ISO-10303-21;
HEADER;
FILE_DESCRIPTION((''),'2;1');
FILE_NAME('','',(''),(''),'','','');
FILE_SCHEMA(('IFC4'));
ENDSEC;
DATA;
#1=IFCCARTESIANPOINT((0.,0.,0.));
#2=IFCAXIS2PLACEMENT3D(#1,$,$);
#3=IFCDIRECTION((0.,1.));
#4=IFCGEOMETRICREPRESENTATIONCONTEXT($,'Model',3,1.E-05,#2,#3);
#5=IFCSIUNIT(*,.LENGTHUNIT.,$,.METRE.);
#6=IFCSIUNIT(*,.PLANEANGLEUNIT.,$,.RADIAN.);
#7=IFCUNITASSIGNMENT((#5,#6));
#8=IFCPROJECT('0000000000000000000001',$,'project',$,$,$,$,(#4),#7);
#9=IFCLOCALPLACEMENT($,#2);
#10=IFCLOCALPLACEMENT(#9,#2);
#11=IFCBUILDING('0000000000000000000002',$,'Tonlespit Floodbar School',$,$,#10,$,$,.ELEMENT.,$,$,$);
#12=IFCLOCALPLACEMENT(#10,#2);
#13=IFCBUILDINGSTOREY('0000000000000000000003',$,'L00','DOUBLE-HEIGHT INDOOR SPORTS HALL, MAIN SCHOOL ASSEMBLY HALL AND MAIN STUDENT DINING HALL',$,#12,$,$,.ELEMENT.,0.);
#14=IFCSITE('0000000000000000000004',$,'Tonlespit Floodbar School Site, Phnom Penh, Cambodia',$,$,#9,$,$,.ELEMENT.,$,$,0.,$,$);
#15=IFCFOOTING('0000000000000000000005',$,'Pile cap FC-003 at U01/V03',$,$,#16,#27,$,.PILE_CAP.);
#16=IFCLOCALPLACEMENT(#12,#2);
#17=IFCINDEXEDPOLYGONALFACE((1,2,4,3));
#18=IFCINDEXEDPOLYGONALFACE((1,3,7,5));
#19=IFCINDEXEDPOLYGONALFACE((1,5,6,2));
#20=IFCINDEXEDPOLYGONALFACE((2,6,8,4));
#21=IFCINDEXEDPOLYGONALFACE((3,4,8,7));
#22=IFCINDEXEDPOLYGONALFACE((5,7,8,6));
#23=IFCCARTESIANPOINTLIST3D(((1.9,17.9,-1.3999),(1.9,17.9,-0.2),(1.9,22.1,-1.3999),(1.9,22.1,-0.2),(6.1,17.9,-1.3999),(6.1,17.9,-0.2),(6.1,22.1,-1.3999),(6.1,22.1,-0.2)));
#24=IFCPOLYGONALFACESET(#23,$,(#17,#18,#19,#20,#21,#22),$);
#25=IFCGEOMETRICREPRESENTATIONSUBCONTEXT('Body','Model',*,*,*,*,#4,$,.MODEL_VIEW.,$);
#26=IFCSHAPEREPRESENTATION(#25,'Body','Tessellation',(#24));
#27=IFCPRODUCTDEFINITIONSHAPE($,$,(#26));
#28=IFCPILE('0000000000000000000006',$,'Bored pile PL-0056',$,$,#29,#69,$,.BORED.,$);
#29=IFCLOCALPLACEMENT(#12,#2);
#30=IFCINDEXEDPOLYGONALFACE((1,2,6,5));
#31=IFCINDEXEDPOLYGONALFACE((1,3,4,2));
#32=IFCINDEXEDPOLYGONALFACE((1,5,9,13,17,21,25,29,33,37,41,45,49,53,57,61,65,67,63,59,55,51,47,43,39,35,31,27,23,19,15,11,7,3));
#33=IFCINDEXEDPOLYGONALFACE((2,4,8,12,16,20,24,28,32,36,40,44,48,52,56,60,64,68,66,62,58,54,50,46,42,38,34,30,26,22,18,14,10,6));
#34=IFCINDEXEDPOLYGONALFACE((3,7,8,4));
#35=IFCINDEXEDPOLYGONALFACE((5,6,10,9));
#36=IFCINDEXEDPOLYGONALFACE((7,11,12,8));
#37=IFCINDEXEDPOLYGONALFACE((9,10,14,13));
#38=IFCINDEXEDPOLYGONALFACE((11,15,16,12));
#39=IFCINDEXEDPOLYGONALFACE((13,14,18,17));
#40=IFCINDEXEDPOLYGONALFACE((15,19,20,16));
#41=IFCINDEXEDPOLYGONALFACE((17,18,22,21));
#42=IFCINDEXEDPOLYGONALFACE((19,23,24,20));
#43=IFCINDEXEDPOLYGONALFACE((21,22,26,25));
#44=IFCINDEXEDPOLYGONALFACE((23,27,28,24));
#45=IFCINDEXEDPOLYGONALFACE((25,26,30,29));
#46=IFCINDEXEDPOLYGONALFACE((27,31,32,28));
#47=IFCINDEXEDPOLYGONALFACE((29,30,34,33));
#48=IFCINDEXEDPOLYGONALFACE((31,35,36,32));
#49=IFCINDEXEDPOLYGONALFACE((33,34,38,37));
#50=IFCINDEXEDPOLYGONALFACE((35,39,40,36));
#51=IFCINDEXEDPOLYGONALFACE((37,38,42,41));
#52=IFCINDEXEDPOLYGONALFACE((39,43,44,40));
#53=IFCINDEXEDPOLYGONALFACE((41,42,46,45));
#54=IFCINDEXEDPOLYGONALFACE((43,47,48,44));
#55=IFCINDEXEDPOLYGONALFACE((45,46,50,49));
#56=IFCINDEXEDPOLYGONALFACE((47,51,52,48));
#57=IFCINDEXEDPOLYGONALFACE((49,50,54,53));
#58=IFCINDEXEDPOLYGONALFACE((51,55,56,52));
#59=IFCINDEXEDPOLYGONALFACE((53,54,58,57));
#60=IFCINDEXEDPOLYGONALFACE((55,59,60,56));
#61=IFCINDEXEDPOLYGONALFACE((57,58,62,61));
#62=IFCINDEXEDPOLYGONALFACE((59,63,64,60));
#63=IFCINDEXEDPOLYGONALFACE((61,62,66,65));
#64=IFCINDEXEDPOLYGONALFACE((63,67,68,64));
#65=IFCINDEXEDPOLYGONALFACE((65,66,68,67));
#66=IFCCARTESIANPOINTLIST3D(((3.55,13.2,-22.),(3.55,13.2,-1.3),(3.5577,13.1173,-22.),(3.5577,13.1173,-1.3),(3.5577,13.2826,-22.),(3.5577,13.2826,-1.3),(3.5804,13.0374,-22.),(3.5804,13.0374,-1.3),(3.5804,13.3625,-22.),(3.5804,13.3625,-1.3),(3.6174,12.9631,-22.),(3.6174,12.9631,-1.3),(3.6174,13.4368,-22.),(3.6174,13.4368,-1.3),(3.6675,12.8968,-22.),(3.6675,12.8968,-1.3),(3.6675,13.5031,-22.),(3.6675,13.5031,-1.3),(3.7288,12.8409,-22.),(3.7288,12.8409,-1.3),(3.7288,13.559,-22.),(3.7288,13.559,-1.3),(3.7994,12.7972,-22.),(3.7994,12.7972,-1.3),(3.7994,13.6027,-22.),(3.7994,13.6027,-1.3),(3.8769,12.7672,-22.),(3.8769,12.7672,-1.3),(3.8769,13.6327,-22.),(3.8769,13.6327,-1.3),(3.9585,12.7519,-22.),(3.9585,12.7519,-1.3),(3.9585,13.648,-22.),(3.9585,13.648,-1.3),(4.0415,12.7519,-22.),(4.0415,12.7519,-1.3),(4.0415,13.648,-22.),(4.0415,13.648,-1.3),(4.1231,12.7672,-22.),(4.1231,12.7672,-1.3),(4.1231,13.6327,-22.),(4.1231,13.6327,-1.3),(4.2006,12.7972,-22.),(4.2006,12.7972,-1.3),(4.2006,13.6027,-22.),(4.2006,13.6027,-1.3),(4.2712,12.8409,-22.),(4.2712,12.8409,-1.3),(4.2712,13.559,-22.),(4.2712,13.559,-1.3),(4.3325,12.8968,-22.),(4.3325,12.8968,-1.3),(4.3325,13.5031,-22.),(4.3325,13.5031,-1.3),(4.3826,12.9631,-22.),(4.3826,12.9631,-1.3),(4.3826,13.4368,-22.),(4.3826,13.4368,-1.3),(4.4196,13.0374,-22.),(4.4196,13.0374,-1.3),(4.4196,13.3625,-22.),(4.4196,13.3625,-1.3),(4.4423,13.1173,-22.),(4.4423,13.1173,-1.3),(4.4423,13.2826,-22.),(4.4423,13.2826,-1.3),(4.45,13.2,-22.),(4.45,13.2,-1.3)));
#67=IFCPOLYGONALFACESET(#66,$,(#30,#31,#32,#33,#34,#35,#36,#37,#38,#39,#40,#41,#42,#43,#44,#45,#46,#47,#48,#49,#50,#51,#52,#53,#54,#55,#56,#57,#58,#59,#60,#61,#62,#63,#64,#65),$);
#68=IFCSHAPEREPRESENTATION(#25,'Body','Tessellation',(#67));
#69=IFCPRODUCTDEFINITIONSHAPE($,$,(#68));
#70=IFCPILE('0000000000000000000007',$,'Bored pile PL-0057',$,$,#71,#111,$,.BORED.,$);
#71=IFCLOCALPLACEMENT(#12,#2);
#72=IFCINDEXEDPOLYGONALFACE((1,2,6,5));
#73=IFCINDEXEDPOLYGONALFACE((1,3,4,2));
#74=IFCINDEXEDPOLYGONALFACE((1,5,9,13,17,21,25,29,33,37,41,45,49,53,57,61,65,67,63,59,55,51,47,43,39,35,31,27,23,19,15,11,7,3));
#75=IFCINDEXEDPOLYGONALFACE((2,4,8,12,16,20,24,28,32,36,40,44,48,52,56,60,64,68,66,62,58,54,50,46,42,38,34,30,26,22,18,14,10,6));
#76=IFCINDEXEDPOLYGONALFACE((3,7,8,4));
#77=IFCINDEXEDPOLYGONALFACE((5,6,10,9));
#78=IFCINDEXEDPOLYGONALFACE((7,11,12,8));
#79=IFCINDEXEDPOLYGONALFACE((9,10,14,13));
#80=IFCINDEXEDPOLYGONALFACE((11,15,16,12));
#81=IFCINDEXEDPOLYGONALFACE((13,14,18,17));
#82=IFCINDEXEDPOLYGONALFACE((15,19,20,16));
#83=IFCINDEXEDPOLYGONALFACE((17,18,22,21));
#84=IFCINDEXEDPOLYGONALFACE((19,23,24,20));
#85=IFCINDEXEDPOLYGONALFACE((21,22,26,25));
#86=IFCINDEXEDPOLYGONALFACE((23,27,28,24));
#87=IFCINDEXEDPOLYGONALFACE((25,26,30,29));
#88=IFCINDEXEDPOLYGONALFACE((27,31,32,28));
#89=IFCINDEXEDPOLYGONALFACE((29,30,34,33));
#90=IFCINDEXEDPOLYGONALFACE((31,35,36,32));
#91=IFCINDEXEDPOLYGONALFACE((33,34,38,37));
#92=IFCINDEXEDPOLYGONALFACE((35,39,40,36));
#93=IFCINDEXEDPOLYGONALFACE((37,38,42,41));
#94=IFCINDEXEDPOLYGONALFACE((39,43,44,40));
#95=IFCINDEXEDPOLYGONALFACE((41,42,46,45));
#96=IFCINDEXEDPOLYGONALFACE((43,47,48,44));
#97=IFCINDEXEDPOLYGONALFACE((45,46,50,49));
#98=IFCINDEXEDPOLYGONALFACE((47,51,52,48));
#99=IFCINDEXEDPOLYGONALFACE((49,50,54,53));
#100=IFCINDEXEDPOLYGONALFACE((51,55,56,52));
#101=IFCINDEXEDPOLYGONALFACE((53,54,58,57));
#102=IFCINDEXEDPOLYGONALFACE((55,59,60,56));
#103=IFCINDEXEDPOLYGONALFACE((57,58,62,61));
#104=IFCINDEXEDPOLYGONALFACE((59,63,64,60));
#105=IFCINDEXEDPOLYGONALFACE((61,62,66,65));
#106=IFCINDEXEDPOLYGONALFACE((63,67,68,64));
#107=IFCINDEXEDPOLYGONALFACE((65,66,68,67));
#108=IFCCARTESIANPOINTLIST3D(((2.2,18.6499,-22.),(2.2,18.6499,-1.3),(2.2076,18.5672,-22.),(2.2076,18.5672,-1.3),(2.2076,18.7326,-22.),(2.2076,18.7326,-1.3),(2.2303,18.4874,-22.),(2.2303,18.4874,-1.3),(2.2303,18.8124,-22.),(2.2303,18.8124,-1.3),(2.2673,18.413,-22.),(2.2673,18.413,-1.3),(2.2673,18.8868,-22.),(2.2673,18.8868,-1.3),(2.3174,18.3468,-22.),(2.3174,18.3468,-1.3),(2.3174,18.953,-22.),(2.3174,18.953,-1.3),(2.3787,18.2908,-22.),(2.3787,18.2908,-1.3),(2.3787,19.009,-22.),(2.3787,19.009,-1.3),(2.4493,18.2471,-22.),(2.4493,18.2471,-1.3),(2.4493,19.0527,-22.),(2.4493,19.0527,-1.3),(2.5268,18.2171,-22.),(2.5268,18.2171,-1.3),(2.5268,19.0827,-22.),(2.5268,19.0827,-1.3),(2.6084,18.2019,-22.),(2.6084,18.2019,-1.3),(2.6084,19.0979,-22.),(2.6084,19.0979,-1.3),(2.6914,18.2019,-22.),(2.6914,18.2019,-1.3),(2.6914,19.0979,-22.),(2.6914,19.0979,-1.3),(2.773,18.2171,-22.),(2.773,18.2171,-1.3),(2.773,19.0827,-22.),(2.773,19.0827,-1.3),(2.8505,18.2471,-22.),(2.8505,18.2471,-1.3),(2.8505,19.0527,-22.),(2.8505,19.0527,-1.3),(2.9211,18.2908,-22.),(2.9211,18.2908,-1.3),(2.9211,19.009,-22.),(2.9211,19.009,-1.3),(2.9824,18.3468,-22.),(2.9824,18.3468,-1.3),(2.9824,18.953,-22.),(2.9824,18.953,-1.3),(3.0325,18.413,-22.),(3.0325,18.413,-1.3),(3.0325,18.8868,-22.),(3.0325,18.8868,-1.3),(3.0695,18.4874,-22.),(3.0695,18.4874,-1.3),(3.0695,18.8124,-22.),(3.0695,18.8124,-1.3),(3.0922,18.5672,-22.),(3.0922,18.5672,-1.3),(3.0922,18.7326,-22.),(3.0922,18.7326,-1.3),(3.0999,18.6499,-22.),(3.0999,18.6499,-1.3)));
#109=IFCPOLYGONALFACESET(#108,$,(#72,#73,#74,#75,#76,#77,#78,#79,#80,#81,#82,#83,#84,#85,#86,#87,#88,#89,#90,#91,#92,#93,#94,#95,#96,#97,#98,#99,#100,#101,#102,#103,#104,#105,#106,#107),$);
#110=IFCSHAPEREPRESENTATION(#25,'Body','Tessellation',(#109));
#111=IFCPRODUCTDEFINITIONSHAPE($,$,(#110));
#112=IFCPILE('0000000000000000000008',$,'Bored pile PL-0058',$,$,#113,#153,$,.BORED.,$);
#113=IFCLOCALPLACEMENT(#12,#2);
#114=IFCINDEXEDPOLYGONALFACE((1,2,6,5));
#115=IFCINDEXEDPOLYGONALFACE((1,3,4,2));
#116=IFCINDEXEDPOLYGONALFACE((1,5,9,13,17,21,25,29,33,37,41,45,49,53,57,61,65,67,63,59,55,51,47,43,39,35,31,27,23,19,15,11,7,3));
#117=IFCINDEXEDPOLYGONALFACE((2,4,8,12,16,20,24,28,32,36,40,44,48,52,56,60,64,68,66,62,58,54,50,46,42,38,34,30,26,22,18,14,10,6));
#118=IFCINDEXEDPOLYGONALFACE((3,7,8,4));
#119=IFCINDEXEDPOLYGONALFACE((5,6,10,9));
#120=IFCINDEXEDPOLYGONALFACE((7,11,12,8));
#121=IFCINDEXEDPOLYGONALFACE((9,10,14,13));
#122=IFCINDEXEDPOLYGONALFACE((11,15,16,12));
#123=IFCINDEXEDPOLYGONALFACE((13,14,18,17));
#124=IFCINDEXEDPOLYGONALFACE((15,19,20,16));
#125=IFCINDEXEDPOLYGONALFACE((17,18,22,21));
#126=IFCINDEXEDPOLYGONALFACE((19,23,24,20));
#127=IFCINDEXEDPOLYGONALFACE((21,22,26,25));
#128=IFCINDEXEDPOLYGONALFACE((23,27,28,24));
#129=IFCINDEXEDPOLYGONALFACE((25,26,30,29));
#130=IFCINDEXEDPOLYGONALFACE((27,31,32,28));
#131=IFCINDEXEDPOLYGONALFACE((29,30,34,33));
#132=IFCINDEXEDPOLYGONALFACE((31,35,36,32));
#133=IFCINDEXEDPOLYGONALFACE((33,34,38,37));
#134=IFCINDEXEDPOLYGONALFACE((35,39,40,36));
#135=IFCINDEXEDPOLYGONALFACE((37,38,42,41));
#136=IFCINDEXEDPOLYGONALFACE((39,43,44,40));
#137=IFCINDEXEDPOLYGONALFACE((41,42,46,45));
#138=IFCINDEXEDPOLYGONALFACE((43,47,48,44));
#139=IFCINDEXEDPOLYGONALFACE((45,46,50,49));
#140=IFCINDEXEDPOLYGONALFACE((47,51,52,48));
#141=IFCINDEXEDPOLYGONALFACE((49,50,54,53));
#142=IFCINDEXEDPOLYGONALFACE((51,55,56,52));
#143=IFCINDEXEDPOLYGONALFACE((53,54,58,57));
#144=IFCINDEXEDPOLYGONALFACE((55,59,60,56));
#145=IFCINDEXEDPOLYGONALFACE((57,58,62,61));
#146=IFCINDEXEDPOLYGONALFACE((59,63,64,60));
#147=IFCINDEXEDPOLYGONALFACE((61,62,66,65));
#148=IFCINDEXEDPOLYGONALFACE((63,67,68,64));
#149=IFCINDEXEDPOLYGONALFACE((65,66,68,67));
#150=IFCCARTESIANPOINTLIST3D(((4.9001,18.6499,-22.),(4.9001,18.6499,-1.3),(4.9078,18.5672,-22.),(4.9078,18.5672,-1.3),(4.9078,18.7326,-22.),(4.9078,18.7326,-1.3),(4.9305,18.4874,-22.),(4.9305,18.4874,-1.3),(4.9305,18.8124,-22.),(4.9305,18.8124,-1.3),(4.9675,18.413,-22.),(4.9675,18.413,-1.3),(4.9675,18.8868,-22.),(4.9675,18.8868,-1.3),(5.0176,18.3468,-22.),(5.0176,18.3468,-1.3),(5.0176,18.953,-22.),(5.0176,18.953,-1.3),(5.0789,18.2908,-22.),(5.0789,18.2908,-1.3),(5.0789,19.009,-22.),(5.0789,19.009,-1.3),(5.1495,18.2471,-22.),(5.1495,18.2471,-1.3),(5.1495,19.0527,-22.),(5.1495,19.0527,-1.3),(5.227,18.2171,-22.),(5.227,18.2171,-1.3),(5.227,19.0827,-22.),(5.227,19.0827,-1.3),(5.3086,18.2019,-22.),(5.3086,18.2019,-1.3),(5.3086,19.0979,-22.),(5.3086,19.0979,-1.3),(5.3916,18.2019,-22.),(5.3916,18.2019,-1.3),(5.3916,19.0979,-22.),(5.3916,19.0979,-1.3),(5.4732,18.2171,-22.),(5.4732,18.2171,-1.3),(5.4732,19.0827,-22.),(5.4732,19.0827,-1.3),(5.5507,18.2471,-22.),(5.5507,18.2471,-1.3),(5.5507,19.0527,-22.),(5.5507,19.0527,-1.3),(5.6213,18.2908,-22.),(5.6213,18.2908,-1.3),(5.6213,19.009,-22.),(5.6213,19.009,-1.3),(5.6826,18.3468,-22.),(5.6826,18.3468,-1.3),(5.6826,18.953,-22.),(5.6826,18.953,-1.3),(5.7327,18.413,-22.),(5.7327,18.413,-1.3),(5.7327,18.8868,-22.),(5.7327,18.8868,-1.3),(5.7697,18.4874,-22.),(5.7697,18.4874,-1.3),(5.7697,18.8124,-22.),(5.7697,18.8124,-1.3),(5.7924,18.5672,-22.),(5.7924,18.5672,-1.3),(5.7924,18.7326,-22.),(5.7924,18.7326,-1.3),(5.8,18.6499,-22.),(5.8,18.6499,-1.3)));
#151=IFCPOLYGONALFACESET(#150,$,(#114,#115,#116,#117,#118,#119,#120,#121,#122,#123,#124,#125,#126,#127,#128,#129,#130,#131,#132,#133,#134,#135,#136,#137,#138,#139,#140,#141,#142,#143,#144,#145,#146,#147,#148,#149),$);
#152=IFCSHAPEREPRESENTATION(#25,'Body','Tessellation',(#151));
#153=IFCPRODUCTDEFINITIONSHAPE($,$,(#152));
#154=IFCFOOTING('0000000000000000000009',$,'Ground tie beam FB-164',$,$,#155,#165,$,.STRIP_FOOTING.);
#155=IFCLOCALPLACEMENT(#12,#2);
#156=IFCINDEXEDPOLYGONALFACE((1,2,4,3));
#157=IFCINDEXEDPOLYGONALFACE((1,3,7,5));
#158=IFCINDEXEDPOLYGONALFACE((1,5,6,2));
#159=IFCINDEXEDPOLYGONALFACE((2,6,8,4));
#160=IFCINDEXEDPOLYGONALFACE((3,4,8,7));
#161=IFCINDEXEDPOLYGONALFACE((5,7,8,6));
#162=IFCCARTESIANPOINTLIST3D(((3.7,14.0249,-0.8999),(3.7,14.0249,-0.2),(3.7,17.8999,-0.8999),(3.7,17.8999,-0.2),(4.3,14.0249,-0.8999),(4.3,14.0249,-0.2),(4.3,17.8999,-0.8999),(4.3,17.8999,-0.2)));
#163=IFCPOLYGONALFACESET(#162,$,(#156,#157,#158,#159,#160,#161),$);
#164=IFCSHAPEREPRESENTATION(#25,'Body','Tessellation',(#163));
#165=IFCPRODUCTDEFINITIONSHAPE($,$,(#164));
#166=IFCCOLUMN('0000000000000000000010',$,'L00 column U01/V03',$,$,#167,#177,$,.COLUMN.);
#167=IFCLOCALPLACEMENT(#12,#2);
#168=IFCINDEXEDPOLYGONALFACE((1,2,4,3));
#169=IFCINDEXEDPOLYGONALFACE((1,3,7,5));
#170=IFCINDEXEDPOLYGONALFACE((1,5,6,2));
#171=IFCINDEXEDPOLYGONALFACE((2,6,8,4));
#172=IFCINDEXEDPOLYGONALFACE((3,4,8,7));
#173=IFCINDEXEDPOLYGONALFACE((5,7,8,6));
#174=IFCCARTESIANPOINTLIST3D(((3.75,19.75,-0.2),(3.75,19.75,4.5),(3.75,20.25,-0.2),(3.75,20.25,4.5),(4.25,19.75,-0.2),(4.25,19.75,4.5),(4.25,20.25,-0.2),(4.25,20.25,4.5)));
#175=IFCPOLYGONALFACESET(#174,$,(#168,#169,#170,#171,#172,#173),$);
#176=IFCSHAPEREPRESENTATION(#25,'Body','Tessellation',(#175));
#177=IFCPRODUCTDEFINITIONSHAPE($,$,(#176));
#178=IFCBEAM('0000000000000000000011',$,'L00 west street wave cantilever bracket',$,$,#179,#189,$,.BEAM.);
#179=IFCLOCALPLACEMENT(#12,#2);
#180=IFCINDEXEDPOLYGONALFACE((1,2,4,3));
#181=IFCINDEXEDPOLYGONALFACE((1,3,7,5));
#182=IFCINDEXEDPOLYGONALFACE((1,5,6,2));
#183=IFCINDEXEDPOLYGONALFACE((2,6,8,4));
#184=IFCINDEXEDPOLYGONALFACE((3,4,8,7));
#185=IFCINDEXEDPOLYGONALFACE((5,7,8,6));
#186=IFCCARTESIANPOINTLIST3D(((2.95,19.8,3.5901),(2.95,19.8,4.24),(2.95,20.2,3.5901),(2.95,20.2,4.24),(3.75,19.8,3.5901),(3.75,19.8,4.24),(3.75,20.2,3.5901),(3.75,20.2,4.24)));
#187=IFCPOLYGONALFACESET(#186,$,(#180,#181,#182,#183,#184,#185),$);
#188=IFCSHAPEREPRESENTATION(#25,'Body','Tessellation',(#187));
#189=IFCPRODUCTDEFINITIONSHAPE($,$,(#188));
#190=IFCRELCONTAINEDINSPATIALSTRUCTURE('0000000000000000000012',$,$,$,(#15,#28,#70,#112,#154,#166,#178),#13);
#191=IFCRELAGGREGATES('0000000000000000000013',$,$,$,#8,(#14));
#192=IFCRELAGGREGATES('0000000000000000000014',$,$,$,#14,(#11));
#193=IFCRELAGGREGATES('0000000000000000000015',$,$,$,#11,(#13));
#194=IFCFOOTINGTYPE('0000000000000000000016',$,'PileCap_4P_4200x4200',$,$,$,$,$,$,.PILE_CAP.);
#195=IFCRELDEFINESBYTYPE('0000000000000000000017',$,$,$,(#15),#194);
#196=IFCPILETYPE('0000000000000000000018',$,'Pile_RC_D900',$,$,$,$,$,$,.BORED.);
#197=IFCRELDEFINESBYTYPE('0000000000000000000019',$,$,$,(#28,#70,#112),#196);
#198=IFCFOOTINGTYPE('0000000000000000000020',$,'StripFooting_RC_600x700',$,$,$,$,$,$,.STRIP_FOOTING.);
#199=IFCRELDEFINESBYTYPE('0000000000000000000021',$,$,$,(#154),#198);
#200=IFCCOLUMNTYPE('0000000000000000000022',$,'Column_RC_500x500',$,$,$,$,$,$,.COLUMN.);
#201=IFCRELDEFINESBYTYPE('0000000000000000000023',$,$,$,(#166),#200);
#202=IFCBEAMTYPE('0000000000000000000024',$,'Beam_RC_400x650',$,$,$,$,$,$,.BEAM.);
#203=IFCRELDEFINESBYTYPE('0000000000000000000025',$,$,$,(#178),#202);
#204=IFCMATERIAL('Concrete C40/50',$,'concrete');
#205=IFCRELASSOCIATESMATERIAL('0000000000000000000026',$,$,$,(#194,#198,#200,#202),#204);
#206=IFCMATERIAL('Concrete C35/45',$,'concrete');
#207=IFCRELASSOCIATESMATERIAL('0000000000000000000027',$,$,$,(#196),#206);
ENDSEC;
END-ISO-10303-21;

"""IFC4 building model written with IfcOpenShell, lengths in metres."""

from ifc_helpers import new_model, si_unit, direction, frame, origin, origin_2d, place, context, subcontext, project, spatial, rectangle, circle, extrude, material, material_profile, profile_set, type_object, element, save


model = new_model("IFC4")

# Units and contexts
model_context = context("Model", 3, precision=1e-05, world=origin(), true_north=direction((0.0, 1.0)))
body_context = subcontext(model_context, "Body", "Model", "MODEL_VIEW")
ifc_project = project(units=[si_unit("LENGTHUNIT", "METRE"), si_unit("PLANEANGLEUNIT", "RADIAN")], contexts=[model_context])

# Site, building, storey
site_placement = place(None, origin())
site = spatial("IfcSite", under=ifc_project, at=site_placement, Name="Tonlespit Floodbar School Site, Phnom Penh, Cambodia", CompositionType="ELEMENT", RefElevation=0.0)
building_placement = place(site_placement, origin())
building = spatial("IfcBuilding", under=site, at=building_placement, Name="Tonlespit Floodbar School", CompositionType="ELEMENT")
storey_placement = place(building_placement, origin())
storey = spatial("IfcBuildingStorey", under=building, at=storey_placement, Name="L00", Description="DOUBLE-HEIGHT INDOOR SPORTS HALL, MAIN SCHOOL ASSEMBLY HALL AND MAIN STUDENT DINING HALL", CompositionType="ELEMENT", Elevation=0.0)

# Footing
ifc_material_1 = material(Name="Concrete C40/50", Category="concrete")
footing_type_1 = type_object("IfcFootingType", Name="PileCap_4P_4200x4200", PredefinedType="PILE_CAP", material=ifc_material_1)
footing_1_placement = place(storey_placement, frame((4.0, 20.0, -1.3999), z_axis=(0.0, 0.0, 1.0), x_axis=(1.0, 0.0, 0.0)))
element("IfcFooting", 1, at=footing_1_placement, inside=storey, type_object=footing_type_1, Name="Pile cap FC-003 at U01/V03", PredefinedType="PILE_CAP", context=body_context, shape_type="SweptSolid", body=[
    extrude(rectangle(XDim=4.2, YDim=4.2, at=origin_2d()), origin(), (0.0, 0.0, 1.0), 1.2),
])

# Piles
ifc_material_2 = material(Name="Concrete C35/45", Category="concrete")
ifc_material_profile_1 = material_profile(ifc_material_2, circle(Radius=0.45, at=origin_2d()), Name="BP D900")
ifc_profile_set_1 = profile_set([ifc_material_profile_1], Name="Concrete C35/45")
pile_type = type_object("IfcPileType", Name="Pile_RC_D900", PredefinedType="BORED", material=ifc_profile_set_1)
for number, where, z_axis, x_axis, name in (
    (2, (4.0, 13.2, -1.3), (0.0, 0.0, -1.0), (1.0, 0.0, 0.0), "Bored pile PL-0056"),
    (3, (2.6499, 18.6499, -1.3), (0.0, 0.0, -1.0), (1.0, 0.0, 0.0), "Bored pile PL-0057"),
    (4, (5.3501, 18.6499, -1.3), (0.0, 0.0, -1.0), (1.0, 0.0, 0.0), "Bored pile PL-0058"),
):
    element("IfcPile", number, at=place(storey_placement, frame(where, z_axis=z_axis, x_axis=x_axis)), inside=storey, type_object=pile_type, Name=name, PredefinedType="BORED", context=body_context, shape_type="SweptSolid", body=[
        extrude(circle(Radius=0.45, at=origin_2d()), origin(), (0.0, 0.0, 1.0), 20.7),
    ])

# Footing
footing_type_2 = type_object("IfcFootingType", Name="StripFooting_RC_600x700", PredefinedType="STRIP_FOOTING", material=ifc_material_1)
footing_2_placement = place(storey_placement, frame((4.0, 15.9624, -0.8999), z_axis=(0.0, 0.0, 1.0), x_axis=(0.0, 1.0, 0.0)))
element("IfcFooting", 5, at=footing_2_placement, inside=storey, type_object=footing_type_2, Name="Ground tie beam FB-164", PredefinedType="STRIP_FOOTING", context=body_context, shape_type="SweptSolid", body=[
    extrude(rectangle(XDim=3.875, YDim=0.6001, at=origin_2d()), origin(), (0.0, 0.0, 1.0), 0.7),
])

# Column
ifc_material_profile_2 = material_profile(ifc_material_1, rectangle(XDim=0.5, YDim=0.5, at=origin_2d()), Name="RC 500x500")
ifc_profile_set_2 = profile_set([ifc_material_profile_2], Name="Concrete C40/50")
column_type = type_object("IfcColumnType", Name="Column_RC_500x500", PredefinedType="COLUMN", material=ifc_profile_set_2)
column_placement = place(storey_placement, frame((4.0, 20.0, -0.2), z_axis=(0.0, 0.0, 1.0), x_axis=(1.0, 0.0, 0.0)))
element("IfcColumn", 6, at=column_placement, inside=storey, type_object=column_type, Name="L00 column U01/V03", PredefinedType="COLUMN", context=body_context, shape_type="SweptSolid", body=[
    extrude(rectangle(XDim=0.5, YDim=0.5, at=origin_2d()), origin(), (0.0, 0.0, 1.0), 4.7),
])

# Beam
ifc_material_profile_3 = material_profile(ifc_material_1, rectangle(XDim=0.3999, YDim=0.6499, at=origin_2d()), Name="RC 400x650")
ifc_profile_set_3 = profile_set([ifc_material_profile_3], Name="Concrete C40/50")
beam_type_1 = type_object("IfcBeamType", Name="Beam_RC_400x650", PredefinedType="BEAM", material=ifc_profile_set_3)
beam_1_placement = place(storey_placement, frame((3.75, 20.0, 3.915), z_axis=(-1.0, 0.0, 0.0), x_axis=(0.0, -1.0, 0.0)))
element("IfcBeam", 7, at=beam_1_placement, inside=storey, type_object=beam_type_1, Name="L00 west street wave cantilever bracket", PredefinedType="BEAM", context=body_context, shape_type="SweptSolid", body=[
    extrude(rectangle(XDim=0.3999, YDim=0.6499, at=origin_2d()), origin(), (0.0, 0.0, 1.0), 0.8),
])

save(model, "model.ifc")
